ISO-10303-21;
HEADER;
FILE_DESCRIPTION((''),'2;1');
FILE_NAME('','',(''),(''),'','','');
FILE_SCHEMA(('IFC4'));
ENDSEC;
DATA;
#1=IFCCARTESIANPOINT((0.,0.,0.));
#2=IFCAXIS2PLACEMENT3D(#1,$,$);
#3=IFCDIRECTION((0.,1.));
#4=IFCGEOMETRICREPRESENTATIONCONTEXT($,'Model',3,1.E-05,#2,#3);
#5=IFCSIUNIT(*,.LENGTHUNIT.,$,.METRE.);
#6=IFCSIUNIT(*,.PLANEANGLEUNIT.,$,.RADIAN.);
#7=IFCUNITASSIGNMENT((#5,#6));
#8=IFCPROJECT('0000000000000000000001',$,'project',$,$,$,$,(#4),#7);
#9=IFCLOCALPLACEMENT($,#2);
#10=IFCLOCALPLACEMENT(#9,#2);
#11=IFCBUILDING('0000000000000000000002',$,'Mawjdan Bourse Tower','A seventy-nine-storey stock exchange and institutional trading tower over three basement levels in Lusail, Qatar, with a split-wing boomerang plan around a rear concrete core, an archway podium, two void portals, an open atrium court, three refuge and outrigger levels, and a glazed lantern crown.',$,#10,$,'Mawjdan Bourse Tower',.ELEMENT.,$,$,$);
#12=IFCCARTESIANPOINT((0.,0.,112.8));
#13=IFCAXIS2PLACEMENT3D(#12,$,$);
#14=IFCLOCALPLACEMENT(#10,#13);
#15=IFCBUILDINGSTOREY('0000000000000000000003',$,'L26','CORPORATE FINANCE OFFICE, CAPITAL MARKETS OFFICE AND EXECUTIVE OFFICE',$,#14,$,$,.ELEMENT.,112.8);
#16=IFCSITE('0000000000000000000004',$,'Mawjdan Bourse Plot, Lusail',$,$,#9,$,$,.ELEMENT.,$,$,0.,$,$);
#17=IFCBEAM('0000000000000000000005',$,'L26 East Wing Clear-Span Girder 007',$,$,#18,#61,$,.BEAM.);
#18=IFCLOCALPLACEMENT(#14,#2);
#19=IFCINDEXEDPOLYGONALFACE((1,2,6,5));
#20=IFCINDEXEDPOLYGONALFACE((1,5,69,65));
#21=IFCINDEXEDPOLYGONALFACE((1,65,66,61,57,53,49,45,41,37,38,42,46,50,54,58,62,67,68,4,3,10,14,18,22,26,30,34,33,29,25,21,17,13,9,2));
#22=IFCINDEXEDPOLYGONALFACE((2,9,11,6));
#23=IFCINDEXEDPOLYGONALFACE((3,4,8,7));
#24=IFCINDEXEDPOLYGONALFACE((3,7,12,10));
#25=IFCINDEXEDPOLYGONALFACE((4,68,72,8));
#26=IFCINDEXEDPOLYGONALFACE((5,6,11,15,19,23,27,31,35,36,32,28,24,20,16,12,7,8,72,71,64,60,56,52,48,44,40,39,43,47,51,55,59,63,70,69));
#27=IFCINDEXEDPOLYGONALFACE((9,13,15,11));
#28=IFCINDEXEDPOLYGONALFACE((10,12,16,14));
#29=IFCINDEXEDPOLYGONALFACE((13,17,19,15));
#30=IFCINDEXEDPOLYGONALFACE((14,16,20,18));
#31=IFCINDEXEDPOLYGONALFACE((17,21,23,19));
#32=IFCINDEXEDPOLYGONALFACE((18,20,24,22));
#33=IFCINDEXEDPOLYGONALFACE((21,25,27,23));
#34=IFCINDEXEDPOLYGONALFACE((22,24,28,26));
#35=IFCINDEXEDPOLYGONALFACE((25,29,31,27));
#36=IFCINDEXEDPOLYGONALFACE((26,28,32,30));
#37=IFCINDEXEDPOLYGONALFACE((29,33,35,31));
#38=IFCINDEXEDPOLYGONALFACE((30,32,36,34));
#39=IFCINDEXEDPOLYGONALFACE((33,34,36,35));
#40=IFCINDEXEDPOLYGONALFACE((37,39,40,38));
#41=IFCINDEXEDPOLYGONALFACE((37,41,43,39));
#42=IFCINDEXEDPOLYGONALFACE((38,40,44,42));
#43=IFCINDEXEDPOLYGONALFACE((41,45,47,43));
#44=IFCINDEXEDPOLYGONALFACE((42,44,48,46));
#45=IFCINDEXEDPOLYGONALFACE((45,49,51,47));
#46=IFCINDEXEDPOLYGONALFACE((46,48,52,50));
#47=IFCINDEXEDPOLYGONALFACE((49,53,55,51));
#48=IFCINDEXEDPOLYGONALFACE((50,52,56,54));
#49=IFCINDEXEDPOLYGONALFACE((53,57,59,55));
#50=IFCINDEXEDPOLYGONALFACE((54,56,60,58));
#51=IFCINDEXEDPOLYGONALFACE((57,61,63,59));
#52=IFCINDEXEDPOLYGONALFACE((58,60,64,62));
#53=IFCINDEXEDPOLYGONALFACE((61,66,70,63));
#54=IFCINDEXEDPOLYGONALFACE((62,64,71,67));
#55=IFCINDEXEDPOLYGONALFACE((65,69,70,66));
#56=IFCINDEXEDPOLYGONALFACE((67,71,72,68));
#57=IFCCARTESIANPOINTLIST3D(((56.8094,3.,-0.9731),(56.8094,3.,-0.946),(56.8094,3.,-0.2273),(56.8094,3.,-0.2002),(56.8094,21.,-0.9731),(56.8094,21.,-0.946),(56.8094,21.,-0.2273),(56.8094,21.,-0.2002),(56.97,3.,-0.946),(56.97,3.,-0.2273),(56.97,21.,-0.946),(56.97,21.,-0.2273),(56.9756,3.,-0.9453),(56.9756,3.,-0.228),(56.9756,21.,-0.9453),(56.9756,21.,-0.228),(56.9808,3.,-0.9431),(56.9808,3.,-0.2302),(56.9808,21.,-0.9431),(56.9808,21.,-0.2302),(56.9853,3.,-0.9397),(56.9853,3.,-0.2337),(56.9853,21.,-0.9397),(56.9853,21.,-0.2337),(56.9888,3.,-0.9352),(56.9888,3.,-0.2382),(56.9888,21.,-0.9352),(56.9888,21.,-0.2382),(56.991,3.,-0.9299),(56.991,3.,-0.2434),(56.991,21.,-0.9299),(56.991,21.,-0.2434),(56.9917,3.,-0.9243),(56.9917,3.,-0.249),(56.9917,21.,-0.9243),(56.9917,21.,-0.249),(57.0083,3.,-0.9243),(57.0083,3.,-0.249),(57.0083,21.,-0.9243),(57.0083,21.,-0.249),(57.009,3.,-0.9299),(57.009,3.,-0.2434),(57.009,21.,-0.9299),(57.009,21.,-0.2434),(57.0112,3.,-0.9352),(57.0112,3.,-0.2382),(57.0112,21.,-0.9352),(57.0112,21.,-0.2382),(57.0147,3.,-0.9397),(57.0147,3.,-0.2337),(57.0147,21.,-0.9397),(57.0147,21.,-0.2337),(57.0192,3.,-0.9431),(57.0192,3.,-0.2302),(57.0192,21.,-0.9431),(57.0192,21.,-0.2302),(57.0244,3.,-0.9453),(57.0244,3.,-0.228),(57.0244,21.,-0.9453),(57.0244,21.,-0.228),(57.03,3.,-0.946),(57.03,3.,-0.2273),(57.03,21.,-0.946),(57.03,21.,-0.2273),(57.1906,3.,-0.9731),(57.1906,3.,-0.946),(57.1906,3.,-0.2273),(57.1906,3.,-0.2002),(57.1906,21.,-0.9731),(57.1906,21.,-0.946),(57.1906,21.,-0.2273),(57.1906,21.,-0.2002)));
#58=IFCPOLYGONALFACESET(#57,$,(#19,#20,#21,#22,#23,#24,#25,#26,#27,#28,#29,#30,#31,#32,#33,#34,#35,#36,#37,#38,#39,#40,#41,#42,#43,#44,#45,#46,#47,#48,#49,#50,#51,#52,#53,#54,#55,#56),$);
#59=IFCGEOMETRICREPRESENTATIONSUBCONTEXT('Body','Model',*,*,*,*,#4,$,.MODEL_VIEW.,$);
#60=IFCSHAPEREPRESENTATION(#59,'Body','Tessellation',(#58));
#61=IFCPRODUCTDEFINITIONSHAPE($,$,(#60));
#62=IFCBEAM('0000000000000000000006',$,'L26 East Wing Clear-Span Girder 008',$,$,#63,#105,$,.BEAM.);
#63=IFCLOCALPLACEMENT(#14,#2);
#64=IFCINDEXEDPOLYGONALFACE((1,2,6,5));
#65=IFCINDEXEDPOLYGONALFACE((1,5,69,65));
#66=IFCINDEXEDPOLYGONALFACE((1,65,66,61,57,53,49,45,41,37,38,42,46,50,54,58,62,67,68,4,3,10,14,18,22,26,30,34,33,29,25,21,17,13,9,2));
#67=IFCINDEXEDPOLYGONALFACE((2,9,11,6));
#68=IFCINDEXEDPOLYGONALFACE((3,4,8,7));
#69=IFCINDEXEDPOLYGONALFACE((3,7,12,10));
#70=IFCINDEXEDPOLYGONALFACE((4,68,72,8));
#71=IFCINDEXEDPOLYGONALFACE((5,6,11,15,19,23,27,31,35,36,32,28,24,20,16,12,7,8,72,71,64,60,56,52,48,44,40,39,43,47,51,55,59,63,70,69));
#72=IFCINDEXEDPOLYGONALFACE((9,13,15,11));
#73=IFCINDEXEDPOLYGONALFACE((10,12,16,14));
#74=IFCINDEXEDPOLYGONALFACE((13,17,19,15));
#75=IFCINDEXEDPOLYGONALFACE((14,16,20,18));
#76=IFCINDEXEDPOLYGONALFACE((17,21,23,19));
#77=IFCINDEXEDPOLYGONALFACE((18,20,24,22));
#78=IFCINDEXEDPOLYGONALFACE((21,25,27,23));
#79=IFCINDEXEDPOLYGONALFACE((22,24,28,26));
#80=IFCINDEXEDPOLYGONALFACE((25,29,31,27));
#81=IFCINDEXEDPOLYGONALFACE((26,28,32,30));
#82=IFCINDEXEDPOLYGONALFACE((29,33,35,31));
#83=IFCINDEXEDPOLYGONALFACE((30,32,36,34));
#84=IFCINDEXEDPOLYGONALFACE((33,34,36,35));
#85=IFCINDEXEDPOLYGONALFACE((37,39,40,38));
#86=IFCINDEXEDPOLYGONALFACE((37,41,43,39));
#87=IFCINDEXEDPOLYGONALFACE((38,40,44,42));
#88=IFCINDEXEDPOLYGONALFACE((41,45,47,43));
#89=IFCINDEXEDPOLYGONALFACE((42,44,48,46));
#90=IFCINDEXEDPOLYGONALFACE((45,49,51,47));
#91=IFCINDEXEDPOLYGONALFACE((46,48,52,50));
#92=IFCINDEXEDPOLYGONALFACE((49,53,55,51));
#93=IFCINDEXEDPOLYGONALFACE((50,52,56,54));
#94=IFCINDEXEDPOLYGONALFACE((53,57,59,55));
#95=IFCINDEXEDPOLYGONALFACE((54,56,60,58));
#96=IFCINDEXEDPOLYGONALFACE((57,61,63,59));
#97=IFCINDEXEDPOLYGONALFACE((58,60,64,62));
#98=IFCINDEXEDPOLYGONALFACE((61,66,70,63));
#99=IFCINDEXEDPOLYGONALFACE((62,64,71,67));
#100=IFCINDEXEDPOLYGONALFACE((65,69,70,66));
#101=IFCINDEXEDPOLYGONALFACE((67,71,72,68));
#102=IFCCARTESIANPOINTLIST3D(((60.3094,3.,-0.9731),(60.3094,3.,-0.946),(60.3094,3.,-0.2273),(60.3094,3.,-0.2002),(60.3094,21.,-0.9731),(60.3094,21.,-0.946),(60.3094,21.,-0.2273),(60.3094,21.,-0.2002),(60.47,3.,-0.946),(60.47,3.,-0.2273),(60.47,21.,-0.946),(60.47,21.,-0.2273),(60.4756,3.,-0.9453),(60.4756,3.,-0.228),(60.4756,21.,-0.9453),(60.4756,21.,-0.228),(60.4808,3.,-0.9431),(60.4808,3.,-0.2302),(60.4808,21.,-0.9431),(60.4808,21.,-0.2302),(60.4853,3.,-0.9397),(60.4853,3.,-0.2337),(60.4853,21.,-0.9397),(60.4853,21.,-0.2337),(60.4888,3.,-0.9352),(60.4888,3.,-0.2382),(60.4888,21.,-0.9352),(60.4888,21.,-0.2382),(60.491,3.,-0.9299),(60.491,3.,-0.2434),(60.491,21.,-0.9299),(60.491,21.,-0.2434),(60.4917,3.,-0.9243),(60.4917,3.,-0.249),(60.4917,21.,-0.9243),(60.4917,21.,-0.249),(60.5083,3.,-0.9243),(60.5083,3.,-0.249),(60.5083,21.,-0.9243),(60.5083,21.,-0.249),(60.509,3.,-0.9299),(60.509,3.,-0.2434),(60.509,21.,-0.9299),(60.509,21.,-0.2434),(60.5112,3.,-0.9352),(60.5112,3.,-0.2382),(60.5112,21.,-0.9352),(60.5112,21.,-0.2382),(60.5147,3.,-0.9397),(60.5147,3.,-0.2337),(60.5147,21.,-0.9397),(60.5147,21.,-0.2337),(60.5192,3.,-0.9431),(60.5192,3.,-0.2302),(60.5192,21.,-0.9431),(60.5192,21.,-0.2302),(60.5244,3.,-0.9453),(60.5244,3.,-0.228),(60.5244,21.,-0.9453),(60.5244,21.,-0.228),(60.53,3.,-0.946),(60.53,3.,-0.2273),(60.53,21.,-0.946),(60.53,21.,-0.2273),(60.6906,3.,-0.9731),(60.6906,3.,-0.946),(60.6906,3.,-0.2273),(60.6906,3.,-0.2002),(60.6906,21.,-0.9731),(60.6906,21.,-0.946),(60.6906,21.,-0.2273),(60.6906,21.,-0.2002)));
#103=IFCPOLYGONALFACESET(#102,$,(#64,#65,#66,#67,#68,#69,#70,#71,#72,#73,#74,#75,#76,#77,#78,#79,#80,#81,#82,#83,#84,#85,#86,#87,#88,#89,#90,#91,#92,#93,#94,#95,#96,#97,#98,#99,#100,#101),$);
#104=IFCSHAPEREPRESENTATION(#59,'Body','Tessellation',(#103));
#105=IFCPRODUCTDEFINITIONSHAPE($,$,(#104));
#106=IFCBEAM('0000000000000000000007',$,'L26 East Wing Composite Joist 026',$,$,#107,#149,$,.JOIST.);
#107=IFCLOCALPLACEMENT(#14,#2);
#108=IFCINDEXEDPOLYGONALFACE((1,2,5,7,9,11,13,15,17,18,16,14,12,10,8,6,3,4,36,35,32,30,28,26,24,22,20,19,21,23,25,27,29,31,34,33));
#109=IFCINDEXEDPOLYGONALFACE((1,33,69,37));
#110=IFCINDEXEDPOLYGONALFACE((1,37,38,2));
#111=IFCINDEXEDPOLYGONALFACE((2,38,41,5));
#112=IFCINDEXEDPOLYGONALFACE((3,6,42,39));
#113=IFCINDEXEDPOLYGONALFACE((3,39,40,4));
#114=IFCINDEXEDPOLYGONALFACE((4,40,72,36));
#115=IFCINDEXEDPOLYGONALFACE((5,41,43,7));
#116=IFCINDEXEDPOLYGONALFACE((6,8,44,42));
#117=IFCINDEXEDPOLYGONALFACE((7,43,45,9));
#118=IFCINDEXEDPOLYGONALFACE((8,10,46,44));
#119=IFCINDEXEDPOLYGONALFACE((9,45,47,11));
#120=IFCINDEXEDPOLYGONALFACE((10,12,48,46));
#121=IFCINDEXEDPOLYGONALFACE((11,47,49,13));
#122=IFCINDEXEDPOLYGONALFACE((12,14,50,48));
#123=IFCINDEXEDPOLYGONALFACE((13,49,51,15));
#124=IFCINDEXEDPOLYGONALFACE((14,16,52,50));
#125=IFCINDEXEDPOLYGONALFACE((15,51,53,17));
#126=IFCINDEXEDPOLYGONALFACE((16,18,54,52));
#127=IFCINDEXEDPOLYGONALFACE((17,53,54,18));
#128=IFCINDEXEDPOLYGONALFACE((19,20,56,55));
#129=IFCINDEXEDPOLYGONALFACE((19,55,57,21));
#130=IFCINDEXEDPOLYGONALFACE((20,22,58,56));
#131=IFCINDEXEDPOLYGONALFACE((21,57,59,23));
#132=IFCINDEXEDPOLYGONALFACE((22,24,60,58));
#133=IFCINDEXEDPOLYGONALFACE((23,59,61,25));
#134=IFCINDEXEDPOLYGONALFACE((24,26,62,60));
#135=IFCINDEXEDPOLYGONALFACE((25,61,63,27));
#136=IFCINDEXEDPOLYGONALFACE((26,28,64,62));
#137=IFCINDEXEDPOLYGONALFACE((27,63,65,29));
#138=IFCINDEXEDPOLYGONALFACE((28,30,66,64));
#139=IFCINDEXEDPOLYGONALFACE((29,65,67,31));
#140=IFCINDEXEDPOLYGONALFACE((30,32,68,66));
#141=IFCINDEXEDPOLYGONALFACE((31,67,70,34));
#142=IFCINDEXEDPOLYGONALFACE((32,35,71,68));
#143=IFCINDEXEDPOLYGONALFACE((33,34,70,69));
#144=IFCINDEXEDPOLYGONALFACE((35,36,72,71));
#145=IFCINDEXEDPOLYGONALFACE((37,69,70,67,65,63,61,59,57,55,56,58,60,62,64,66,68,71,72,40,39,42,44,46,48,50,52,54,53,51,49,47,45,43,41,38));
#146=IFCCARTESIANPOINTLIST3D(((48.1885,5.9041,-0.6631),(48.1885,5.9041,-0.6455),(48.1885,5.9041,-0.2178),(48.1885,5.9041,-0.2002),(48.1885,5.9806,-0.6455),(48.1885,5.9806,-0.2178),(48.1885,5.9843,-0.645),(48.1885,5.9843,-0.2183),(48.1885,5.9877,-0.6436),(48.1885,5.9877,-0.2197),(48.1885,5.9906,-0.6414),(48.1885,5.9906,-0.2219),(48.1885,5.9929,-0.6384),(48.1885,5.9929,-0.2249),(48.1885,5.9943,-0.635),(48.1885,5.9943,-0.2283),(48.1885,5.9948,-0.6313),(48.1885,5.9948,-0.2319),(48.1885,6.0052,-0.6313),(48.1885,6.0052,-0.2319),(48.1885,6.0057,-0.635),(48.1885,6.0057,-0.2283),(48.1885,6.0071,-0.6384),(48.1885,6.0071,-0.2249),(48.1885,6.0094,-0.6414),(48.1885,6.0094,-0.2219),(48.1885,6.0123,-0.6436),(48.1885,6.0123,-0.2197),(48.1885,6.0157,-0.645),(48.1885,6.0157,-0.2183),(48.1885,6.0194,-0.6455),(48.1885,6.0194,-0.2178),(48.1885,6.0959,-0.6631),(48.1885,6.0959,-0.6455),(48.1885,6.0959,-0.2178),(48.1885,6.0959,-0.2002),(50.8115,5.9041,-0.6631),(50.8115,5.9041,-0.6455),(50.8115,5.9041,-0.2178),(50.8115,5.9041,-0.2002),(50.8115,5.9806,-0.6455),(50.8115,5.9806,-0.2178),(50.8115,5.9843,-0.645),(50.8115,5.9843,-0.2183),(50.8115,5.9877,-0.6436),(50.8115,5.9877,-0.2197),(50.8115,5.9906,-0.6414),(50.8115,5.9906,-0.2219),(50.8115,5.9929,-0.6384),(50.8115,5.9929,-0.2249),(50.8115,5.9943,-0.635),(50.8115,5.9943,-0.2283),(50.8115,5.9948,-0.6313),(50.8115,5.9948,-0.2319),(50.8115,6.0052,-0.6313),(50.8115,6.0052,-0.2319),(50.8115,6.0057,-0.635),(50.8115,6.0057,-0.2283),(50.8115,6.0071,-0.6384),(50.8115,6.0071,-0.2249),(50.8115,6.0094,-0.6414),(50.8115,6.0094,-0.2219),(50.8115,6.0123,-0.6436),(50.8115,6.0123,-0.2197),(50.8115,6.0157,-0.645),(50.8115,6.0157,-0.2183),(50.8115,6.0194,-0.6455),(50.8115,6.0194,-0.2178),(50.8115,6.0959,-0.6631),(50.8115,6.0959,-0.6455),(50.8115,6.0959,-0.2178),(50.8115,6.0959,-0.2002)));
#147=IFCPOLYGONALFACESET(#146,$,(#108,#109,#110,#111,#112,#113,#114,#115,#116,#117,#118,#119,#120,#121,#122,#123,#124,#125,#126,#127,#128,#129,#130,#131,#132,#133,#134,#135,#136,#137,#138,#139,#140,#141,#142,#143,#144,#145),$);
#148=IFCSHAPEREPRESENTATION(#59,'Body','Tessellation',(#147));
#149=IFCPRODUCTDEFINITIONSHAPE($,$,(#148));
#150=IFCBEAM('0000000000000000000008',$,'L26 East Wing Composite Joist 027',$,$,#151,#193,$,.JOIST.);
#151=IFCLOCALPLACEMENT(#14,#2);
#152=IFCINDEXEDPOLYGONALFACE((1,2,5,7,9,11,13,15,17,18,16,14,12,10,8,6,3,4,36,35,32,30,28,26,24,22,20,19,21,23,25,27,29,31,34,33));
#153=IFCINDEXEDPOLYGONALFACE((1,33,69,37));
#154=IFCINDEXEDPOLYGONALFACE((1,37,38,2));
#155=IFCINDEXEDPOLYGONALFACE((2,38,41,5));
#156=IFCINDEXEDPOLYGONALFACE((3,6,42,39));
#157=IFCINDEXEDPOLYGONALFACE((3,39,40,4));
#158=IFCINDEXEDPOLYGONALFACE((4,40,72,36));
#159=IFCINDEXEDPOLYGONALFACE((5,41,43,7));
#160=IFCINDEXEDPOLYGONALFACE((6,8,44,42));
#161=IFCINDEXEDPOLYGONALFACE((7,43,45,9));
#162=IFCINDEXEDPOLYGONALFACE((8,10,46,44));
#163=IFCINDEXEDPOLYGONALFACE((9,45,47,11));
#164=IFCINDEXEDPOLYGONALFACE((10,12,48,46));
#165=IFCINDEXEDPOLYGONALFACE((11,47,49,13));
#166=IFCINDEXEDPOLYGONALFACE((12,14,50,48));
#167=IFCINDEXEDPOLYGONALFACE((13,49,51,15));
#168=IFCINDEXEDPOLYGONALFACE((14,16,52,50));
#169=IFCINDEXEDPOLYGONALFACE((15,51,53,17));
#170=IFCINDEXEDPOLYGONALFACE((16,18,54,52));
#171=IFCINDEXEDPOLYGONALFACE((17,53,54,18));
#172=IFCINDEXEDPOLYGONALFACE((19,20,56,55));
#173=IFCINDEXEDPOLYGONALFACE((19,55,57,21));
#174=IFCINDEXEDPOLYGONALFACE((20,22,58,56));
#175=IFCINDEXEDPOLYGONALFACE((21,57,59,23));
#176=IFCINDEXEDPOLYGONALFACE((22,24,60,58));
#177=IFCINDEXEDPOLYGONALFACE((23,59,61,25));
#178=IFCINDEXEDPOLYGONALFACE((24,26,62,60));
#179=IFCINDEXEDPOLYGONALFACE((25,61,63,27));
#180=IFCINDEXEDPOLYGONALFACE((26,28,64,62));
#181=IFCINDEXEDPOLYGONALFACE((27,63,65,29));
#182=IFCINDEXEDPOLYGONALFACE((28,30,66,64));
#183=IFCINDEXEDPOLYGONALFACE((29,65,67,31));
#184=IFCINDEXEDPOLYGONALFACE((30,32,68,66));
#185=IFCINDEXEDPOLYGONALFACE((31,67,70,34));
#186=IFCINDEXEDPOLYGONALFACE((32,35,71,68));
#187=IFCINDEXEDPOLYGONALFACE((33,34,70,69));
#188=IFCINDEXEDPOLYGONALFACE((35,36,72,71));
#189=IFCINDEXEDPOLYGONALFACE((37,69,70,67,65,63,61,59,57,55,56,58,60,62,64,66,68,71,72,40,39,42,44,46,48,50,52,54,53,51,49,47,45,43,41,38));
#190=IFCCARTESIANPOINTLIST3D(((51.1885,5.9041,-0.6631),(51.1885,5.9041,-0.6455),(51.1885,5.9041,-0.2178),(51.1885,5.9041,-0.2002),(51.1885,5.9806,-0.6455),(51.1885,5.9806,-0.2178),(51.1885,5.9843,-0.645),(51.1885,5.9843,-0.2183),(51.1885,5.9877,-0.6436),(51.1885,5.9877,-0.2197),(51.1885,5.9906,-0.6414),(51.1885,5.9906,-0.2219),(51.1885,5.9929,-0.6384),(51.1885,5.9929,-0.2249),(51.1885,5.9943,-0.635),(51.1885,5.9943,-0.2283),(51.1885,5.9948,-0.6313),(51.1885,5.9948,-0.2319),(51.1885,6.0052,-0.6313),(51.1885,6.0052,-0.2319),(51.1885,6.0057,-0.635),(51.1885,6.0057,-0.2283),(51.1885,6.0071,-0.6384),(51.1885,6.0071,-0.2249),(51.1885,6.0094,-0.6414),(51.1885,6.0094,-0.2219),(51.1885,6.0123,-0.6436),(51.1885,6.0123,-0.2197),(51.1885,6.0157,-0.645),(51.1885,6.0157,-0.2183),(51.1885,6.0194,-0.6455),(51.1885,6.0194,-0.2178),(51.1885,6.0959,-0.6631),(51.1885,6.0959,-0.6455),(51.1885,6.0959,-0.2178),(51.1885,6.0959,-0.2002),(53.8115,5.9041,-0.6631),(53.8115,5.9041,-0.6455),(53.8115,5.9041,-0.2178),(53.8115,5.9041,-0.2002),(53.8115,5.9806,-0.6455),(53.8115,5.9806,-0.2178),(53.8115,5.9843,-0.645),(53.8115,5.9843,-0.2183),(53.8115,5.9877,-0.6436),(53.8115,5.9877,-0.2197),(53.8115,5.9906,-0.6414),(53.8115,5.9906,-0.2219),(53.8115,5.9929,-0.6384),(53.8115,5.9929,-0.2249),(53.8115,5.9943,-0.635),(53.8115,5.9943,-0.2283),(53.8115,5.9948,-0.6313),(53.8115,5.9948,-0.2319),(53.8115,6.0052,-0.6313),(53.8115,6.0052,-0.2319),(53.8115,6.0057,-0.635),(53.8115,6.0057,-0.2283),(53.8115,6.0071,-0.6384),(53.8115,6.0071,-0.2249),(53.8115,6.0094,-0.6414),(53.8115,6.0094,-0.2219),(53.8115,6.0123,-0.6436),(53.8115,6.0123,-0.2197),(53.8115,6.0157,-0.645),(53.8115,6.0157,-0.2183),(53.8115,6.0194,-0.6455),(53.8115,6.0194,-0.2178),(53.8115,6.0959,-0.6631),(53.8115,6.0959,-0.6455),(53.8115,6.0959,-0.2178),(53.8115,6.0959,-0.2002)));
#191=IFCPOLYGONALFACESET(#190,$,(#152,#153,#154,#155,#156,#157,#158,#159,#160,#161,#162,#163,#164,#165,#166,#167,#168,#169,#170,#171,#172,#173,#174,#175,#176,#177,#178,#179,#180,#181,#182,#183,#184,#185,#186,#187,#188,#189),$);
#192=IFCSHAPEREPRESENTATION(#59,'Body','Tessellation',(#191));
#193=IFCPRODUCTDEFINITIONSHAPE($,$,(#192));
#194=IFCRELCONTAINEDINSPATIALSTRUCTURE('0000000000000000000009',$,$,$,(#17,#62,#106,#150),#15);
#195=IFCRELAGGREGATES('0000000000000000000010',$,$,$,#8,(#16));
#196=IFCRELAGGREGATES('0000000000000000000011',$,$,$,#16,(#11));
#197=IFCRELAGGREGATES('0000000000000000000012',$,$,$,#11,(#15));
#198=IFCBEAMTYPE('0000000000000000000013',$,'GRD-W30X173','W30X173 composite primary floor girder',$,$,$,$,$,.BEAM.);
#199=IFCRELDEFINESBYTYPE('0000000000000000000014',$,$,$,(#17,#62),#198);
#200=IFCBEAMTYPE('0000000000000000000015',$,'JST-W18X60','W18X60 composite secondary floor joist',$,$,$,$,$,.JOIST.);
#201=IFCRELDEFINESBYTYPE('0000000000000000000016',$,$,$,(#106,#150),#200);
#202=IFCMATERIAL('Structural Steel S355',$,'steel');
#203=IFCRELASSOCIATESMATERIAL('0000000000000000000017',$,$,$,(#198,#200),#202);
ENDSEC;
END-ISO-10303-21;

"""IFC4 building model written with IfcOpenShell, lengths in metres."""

from ifc_helpers import new_model, si_unit, direction, frame, origin, origin_2d, place, context, subcontext, project, spatial, i_section, extrude, material, material_profile, profile_set, type_object, element, save


model = new_model("IFC4")

# Units and contexts
model_context = context("Model", 3, precision=1e-05, world=origin(), true_north=direction((0.0, 1.0)))
body_context = subcontext(model_context, "Body", "Model", "MODEL_VIEW")
ifc_project = project(units=[si_unit("LENGTHUNIT", "METRE"), si_unit("PLANEANGLEUNIT", "RADIAN")], contexts=[model_context])

# Site, building, storey
site_placement = place(None, origin())
site = spatial("IfcSite", under=ifc_project, at=site_placement, Name="Mawjdan Bourse Plot, Lusail", CompositionType="ELEMENT", RefElevation=0.0)
building_placement = place(site_placement, origin())
building = spatial("IfcBuilding", under=site, at=building_placement, Name="Mawjdan Bourse Tower", Description="A seventy-nine-storey stock exchange and institutional trading tower over three basement levels in Lusail, Qatar, with a split-wing boomerang plan around a rear concrete core, an archway podium, two void portals, an open atrium court, three refuge and outrigger levels, and a glazed lantern crown.", LongName="Mawjdan Bourse Tower", CompositionType="ELEMENT")
storey_placement = place(building_placement, frame((0.0, 0.0, 112.8)))
storey = spatial("IfcBuildingStorey", under=building, at=storey_placement, Name="L26", Description="CORPORATE FINANCE OFFICE, CAPITAL MARKETS OFFICE AND EXECUTIVE OFFICE", CompositionType="ELEMENT", Elevation=112.8)

# Beams
ifc_material_1 = material(Name="Structural Steel S355", Category="steel")
ifc_material_profile_1 = material_profile(ifc_material_1, i_section(OverallWidth=0.3811, OverallDepth=0.7729, WebThickness=0.0166, FlangeThickness=0.0271, FilletRadius=0.0217, at=origin_2d()), Name="W30X173")
ifc_profile_set_1 = profile_set([ifc_material_profile_1], Name="Structural Steel S355")
beam_type_1 = type_object("IfcBeamType", Name="GRD-W30X173", Description="W30X173 composite primary floor girder", PredefinedType="BEAM", material=ifc_profile_set_1)
for number, where, z_axis, x_axis, name in (
    (1, (57.0, 3.0, -0.5867), (0.0, 1.0, 0.0), (-1.0, 0.0, 0.0), "L26 East Wing Clear-Span Girder 007"),
    (2, (60.5, 3.0, -0.5867), (0.0, 1.0, 0.0), (-1.0, 0.0, 0.0), "L26 East Wing Clear-Span Girder 008"),
):
    element("IfcBeam", number, at=place(storey_placement, frame(where, z_axis=z_axis, x_axis=x_axis)), inside=storey, type_object=beam_type_1, Name=name, PredefinedType="BEAM", context=body_context, shape_type="SweptSolid", body=[
        extrude(i_section(OverallWidth=0.3811, OverallDepth=0.7729, WebThickness=0.0166, FlangeThickness=0.0271, FilletRadius=0.0217, at=origin_2d()), origin(), (0.0, 0.0, 1.0), 18.0),
    ])
ifc_material_profile_2 = material_profile(ifc_material_1, i_section(OverallWidth=0.1919, OverallDepth=0.4629, WebThickness=0.0105, FlangeThickness=0.0176, FilletRadius=0.0142, at=origin_2d()), Name="W18X60")
ifc_profile_set_2 = profile_set([ifc_material_profile_2], Name="Structural Steel S355")
beam_type_2 = type_object("IfcBeamType", Name="JST-W18X60", Description="W18X60 composite secondary floor joist", PredefinedType="JOIST", material=ifc_profile_set_2)
for number, where, z_axis, x_axis, name in (
    (3, (48.1885, 6.0, -0.4316), (1.0, 0.0, 0.0), (0.0, 1.0, 0.0), "L26 East Wing Composite Joist 026"),
    (4, (51.1885, 6.0, -0.4316), (1.0, 0.0, 0.0), (0.0, 1.0, 0.0), "L26 East Wing Composite Joist 027"),
):
    element("IfcBeam", number, at=place(storey_placement, frame(where, z_axis=z_axis, x_axis=x_axis)), inside=storey, type_object=beam_type_2, Name=name, PredefinedType="JOIST", context=body_context, shape_type="SweptSolid", body=[
        extrude(i_section(OverallWidth=0.1919, OverallDepth=0.4629, WebThickness=0.0105, FlangeThickness=0.0176, FilletRadius=0.0142, at=origin_2d()), origin(), (0.0, 0.0, 1.0), 2.623),
    ])

save(model, "model.ifc")
